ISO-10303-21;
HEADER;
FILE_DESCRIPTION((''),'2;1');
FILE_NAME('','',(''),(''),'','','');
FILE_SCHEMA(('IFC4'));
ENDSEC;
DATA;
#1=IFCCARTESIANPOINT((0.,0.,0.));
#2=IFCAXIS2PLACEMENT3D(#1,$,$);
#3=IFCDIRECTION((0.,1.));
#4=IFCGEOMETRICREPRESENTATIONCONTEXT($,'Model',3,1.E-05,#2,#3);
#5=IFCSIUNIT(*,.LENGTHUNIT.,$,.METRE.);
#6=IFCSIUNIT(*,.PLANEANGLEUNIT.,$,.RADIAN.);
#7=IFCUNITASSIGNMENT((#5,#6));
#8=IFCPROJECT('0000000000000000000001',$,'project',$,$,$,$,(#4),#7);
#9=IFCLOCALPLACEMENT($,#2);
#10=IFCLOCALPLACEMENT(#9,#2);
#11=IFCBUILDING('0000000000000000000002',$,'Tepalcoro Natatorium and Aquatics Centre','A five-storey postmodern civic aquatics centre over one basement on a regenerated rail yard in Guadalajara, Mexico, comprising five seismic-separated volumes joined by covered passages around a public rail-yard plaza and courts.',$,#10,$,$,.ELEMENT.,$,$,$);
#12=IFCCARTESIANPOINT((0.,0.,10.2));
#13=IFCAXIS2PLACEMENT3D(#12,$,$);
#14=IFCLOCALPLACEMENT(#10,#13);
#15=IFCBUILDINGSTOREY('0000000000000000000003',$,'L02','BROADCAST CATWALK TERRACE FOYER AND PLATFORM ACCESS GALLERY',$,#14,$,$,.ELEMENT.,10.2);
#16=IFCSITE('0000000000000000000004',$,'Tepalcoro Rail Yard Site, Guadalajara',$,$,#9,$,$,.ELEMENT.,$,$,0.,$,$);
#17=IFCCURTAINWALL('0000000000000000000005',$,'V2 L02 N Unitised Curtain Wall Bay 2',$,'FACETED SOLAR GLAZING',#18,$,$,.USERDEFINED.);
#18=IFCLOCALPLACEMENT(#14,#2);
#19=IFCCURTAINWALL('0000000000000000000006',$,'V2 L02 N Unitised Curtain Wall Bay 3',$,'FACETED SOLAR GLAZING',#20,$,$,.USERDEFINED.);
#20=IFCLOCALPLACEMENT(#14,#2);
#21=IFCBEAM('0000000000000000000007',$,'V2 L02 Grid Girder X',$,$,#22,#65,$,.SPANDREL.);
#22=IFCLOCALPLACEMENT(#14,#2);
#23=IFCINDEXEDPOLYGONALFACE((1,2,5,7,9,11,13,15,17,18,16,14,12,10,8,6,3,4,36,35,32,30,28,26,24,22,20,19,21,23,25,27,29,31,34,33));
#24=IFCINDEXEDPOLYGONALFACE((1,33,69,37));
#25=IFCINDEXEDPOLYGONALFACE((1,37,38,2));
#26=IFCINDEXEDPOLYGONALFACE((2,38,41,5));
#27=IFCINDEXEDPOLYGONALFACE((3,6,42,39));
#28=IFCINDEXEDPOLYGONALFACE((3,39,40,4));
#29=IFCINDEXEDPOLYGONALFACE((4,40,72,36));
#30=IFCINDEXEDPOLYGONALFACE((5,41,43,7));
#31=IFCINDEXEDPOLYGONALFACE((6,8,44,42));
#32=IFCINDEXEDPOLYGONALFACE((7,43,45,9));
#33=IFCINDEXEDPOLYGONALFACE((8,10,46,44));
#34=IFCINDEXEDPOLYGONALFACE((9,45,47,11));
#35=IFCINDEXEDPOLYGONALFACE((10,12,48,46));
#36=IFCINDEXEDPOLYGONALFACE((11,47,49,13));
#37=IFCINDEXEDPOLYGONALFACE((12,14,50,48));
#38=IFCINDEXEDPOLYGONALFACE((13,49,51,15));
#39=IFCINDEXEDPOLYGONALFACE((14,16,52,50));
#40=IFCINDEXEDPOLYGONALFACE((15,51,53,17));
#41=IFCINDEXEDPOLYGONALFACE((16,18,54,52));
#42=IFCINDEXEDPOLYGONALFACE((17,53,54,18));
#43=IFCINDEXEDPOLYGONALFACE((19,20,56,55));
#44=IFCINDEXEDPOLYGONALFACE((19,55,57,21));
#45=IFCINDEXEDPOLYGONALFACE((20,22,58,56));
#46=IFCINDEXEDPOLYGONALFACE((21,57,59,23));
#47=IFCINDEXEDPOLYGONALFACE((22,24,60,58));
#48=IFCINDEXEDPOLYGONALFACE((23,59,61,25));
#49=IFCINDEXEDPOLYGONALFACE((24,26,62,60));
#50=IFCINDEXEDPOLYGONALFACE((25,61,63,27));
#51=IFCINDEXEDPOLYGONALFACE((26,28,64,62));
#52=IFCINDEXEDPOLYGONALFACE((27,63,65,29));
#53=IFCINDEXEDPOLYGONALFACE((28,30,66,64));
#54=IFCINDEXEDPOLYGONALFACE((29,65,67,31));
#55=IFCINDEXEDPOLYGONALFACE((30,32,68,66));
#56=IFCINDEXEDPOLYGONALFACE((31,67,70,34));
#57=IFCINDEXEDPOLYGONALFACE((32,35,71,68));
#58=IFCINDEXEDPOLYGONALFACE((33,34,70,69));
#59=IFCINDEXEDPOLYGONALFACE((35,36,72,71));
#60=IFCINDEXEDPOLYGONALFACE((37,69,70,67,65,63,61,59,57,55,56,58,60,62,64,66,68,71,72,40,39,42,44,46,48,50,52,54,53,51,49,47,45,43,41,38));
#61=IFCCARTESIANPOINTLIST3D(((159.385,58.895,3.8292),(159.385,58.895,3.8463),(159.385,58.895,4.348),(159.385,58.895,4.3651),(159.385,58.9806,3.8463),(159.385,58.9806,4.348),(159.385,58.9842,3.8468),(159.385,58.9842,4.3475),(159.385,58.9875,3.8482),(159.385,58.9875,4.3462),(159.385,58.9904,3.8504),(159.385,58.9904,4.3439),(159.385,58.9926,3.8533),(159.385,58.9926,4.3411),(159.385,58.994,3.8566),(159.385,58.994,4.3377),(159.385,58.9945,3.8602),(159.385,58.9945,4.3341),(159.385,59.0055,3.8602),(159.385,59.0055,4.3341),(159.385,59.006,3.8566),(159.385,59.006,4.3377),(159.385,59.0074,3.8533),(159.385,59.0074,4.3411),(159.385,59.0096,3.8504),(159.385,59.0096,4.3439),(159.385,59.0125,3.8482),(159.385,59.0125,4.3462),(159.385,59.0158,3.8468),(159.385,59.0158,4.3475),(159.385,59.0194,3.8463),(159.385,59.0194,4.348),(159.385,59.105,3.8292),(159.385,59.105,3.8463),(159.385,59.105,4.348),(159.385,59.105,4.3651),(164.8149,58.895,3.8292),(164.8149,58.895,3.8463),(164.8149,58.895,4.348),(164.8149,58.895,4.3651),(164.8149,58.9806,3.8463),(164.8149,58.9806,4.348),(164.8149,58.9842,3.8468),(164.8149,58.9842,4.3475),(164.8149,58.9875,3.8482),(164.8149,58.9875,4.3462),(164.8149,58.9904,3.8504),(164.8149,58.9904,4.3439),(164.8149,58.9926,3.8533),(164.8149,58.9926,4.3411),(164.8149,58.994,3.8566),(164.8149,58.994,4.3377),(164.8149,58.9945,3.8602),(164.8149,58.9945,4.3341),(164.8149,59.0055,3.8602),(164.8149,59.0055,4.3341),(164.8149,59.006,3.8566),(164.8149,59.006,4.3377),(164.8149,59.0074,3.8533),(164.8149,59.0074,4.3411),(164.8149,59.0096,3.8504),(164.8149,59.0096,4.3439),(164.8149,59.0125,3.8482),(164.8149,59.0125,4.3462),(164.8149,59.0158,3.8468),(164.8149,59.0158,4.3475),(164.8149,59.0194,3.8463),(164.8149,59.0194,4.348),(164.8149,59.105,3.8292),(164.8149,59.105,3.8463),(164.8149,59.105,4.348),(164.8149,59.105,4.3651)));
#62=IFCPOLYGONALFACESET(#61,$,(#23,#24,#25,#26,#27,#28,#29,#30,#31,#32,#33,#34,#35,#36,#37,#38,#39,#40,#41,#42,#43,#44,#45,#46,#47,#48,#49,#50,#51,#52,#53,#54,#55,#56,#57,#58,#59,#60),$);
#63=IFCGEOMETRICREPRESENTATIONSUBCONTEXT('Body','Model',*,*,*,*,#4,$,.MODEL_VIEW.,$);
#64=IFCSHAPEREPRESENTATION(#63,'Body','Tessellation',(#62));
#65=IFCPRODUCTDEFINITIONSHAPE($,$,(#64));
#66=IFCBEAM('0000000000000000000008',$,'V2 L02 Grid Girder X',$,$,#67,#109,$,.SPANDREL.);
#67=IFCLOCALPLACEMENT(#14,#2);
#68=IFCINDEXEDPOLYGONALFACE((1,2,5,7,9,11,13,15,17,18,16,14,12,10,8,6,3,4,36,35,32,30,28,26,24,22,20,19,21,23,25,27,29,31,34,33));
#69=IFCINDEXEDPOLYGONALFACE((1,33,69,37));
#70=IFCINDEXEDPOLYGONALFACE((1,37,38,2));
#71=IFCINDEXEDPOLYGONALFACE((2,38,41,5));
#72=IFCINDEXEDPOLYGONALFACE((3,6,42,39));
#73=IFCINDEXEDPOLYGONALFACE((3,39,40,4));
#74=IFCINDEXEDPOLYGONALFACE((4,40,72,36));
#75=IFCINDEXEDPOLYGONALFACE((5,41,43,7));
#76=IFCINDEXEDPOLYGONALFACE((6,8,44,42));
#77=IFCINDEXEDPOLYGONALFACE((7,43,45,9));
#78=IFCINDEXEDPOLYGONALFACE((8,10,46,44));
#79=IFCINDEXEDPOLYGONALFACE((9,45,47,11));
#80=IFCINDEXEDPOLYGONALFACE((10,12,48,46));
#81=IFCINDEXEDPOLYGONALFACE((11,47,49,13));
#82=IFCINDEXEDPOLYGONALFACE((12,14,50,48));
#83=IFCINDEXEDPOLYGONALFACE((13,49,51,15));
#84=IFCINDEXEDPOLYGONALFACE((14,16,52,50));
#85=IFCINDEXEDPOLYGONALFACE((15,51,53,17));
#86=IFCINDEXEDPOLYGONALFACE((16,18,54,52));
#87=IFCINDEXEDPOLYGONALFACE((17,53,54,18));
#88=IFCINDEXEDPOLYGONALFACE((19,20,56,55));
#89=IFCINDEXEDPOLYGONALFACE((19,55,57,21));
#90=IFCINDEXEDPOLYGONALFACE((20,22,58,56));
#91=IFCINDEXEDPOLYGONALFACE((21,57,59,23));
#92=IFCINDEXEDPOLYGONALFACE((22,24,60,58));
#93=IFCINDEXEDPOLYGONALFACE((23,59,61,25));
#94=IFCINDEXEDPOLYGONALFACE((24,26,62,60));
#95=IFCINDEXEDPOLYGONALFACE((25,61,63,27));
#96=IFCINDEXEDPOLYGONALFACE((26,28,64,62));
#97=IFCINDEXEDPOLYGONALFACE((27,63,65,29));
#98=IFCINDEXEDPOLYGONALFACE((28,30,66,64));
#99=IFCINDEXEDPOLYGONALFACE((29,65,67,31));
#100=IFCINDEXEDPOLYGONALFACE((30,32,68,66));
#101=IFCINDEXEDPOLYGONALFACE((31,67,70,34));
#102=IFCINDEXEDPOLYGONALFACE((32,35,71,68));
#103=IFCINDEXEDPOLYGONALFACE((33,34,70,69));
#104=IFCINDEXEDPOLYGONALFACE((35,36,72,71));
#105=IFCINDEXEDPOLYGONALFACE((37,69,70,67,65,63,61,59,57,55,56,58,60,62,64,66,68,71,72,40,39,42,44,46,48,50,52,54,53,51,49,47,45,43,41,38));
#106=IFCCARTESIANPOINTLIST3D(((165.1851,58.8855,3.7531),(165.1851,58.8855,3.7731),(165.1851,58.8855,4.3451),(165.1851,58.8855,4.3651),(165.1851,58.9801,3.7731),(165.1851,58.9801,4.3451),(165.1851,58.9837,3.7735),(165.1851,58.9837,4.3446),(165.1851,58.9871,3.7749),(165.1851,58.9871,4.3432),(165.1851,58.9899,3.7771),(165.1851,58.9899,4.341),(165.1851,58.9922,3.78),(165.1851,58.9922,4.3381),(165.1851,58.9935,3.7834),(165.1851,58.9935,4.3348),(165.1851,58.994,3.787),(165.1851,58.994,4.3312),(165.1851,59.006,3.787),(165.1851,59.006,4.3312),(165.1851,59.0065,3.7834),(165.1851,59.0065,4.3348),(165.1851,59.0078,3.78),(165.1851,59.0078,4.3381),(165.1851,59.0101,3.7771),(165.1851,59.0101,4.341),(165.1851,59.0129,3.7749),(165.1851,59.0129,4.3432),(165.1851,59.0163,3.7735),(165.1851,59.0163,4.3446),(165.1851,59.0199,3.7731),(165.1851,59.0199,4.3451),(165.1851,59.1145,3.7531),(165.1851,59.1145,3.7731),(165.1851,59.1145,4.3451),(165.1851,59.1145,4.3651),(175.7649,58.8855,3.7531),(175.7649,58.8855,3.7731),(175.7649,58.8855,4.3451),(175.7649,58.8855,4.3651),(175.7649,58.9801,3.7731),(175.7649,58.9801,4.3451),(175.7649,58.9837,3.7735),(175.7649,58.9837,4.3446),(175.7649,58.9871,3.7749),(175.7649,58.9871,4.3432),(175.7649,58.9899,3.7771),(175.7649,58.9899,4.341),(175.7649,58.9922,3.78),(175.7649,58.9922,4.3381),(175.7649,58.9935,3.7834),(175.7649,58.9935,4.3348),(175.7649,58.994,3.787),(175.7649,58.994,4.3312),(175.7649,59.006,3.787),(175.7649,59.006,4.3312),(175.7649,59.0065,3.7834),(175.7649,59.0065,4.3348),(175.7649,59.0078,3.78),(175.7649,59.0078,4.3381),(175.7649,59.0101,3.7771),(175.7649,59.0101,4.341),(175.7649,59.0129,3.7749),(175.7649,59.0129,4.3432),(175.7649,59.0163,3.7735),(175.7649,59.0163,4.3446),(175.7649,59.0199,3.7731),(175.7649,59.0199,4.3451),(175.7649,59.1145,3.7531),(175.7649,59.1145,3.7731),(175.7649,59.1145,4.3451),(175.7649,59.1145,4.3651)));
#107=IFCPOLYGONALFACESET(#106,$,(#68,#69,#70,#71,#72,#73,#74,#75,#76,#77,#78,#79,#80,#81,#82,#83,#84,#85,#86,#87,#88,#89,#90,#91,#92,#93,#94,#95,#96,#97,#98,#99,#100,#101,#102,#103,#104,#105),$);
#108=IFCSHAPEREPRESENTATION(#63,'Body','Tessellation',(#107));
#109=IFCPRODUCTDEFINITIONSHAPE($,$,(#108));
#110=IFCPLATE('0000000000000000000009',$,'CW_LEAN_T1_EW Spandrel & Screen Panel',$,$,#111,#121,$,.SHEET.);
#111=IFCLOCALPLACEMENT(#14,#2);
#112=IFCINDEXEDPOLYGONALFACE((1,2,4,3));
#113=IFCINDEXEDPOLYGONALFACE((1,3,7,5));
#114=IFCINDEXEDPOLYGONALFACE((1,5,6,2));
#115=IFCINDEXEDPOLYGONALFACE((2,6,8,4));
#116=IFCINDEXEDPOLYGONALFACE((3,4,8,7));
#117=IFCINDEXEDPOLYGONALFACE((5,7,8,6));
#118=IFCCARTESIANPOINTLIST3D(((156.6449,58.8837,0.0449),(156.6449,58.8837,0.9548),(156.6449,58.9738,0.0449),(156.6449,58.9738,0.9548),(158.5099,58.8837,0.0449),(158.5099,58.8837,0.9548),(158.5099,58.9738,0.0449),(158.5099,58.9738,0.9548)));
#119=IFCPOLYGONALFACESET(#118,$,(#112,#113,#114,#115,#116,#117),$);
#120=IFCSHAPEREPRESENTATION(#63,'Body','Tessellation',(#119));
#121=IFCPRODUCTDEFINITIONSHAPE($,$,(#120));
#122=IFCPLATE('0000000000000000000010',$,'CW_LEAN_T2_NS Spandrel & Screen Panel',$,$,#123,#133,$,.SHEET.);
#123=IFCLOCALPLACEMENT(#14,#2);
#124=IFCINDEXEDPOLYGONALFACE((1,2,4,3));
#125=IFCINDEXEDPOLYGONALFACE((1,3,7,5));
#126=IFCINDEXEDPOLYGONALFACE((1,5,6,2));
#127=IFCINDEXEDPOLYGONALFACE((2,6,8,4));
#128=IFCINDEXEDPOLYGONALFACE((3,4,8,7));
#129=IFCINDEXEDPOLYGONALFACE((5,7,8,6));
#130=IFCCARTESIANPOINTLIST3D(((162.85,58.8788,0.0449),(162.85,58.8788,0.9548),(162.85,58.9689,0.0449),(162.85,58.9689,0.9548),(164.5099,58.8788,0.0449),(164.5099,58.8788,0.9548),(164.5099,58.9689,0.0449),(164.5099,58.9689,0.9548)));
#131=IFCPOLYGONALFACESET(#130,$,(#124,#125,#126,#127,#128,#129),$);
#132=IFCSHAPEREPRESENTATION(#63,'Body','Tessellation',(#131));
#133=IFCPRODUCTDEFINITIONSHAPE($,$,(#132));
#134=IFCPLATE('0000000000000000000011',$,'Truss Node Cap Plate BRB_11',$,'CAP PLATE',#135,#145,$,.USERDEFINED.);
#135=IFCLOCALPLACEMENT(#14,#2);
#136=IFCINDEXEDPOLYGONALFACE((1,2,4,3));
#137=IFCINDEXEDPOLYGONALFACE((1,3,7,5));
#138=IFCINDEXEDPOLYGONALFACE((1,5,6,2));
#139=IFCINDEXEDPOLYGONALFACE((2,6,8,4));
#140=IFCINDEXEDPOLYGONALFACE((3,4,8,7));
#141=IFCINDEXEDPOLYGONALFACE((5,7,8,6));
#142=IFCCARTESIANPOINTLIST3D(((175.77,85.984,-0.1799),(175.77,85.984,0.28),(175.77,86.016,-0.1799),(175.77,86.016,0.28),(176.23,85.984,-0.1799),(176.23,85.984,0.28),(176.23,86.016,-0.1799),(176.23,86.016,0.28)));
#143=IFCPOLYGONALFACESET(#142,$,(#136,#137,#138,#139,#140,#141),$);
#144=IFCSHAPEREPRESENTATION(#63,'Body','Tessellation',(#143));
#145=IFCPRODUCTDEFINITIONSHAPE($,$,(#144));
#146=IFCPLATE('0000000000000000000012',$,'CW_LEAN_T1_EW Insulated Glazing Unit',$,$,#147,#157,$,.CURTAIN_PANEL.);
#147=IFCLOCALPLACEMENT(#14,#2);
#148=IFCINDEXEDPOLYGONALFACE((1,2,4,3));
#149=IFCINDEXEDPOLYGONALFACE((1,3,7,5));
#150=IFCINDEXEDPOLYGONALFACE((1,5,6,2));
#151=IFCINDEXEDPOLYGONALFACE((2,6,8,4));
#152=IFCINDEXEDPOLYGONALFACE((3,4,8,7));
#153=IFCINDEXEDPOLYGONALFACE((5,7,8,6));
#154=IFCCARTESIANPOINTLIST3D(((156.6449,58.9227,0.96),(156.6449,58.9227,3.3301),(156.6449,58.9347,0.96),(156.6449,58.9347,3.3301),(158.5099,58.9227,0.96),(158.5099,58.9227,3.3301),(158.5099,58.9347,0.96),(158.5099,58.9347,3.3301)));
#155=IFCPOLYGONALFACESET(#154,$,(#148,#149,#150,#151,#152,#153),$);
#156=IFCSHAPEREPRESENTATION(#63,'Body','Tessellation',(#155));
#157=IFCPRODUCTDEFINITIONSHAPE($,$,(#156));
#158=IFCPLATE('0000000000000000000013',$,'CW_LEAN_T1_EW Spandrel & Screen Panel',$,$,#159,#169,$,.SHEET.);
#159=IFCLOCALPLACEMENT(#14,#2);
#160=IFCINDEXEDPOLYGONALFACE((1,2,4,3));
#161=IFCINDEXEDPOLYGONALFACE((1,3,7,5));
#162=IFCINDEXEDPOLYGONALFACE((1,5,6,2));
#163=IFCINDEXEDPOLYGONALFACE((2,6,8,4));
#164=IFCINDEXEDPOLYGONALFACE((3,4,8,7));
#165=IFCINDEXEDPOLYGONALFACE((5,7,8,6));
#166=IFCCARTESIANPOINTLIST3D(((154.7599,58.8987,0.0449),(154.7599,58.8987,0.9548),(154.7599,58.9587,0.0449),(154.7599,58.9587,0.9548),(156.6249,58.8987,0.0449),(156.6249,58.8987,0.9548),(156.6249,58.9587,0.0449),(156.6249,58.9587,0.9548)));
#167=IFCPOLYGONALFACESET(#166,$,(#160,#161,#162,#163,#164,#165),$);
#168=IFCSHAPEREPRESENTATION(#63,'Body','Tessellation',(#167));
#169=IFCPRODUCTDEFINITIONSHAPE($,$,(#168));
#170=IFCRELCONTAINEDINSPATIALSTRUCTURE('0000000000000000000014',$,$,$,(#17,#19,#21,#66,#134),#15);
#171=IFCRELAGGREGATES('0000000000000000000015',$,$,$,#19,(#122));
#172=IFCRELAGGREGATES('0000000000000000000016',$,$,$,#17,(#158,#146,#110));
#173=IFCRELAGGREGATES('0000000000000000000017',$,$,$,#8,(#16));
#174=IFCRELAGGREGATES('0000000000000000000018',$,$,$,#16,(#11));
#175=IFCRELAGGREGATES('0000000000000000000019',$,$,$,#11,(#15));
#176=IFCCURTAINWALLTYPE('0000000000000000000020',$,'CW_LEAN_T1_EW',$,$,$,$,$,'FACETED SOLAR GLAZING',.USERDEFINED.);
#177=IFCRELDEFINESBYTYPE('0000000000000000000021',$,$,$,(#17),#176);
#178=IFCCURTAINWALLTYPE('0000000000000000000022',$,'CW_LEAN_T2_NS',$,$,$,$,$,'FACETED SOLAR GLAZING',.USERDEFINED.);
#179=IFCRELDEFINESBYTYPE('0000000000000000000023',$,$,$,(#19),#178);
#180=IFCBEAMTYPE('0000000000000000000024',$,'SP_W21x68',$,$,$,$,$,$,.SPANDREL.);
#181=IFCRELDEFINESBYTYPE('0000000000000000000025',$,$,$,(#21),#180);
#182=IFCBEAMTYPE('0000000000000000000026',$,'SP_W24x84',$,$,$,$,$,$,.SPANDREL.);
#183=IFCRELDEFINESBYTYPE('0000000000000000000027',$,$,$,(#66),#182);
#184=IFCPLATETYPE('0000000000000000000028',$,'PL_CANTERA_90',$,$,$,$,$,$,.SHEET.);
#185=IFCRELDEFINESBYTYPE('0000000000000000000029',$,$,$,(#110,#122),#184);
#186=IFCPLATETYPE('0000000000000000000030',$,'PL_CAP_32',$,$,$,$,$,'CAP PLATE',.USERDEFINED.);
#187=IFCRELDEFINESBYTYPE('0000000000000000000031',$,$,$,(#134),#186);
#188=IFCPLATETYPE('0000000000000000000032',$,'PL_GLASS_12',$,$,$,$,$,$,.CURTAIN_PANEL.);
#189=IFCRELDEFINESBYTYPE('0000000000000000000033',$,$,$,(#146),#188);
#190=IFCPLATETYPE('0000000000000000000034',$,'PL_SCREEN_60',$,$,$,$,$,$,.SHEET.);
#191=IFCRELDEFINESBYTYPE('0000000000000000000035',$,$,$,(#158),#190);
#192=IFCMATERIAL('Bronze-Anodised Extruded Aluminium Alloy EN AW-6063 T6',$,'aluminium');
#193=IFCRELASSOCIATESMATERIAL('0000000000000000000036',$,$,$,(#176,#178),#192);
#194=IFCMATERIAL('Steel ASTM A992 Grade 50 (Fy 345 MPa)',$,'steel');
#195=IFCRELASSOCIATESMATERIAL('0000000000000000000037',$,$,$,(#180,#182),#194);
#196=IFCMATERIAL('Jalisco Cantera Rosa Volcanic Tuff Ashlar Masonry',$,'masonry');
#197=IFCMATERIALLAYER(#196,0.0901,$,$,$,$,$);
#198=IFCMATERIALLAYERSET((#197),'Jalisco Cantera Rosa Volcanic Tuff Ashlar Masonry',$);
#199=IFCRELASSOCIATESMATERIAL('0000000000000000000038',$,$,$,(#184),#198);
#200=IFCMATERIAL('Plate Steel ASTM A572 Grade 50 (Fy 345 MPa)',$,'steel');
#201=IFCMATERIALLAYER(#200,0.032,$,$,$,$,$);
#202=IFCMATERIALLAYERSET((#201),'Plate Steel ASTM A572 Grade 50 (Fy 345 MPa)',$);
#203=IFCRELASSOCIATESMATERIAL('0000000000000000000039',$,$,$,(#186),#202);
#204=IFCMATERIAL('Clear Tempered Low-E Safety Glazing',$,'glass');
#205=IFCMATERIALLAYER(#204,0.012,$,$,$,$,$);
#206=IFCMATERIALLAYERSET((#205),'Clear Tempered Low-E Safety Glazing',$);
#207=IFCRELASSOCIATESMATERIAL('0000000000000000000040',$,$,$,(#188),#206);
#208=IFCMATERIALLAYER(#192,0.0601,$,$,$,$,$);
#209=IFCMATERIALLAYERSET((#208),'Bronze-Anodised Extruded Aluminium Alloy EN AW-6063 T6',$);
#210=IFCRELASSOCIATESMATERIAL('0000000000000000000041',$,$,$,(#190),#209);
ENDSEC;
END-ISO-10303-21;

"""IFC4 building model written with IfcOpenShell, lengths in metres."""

from ifc_helpers import new_model, si_unit, direction, frame, origin, origin_2d, place, context, subcontext, project, spatial, rectangle, i_section, extrude, material, layer, layer_set, material_profile, profile_set, type_object, element, aggregate, save


model = new_model("IFC4")

# Units and contexts
model_context = context("Model", 3, precision=1e-05, world=origin(), true_north=direction((0.0, 1.0)))
body_context = subcontext(model_context, "Body", "Model", "MODEL_VIEW")
ifc_project = project(units=[si_unit("LENGTHUNIT", "METRE"), si_unit("PLANEANGLEUNIT", "RADIAN")], contexts=[model_context])

# Site, building, storey
site_placement = place(None, origin())
site = spatial("IfcSite", under=ifc_project, at=site_placement, Name="Tepalcoro Rail Yard Site, Guadalajara", CompositionType="ELEMENT", RefElevation=0.0)
building_placement = place(site_placement, origin())
building = spatial("IfcBuilding", under=site, at=building_placement, Name="Tepalcoro Natatorium and Aquatics Centre", Description="A five-storey postmodern civic aquatics centre over one basement on a regenerated rail yard in Guadalajara, Mexico, comprising five seismic-separated volumes joined by covered passages around a public rail-yard plaza and courts.", CompositionType="ELEMENT")
storey_placement = place(building_placement, frame((0.0, 0.0, 10.2)))
storey = spatial("IfcBuildingStorey", under=building, at=storey_placement, Name="L02", Description="BROADCAST CATWALK TERRACE FOYER AND PLATFORM ACCESS GALLERY", CompositionType="ELEMENT", Elevation=10.2)

# Curtain wall
ifc_material_1 = material(Name="Bronze-Anodised Extruded Aluminium Alloy EN AW-6063 T6", Category="aluminium")
curtain_wall_type_1 = type_object("IfcCurtainWallType", Name="CW_LEAN_T1_EW", ElementType="FACETED SOLAR GLAZING", PredefinedType="USERDEFINED", material=ifc_material_1)
curtain_wall_1_placement = place(storey_placement, origin())
curtain_wall_1 = element("IfcCurtainWall", 1, at=curtain_wall_1_placement, inside=storey, type_object=curtain_wall_type_1, Name="V2 L02 N Unitised Curtain Wall Bay 2", ObjectType="FACETED SOLAR GLAZING", PredefinedType="USERDEFINED")

# Curtain wall
curtain_wall_type_2 = type_object("IfcCurtainWallType", Name="CW_LEAN_T2_NS", ElementType="FACETED SOLAR GLAZING", PredefinedType="USERDEFINED", material=ifc_material_1)
curtain_wall_2_placement = place(storey_placement, origin())
curtain_wall_2 = element("IfcCurtainWall", 2, at=curtain_wall_2_placement, inside=storey, type_object=curtain_wall_type_2, Name="V2 L02 N Unitised Curtain Wall Bay 3", ObjectType="FACETED SOLAR GLAZING", PredefinedType="USERDEFINED")

# Beams
ifc_material_2 = material(Name="Steel ASTM A992 Grade 50 (Fy 345 MPa)", Category="steel")
ifc_material_profile_1 = material_profile(ifc_material_2, i_section(OverallWidth=0.21, OverallDepth=0.5359, WebThickness=0.011, FlangeThickness=0.0171, FilletRadius=0.0139, at=origin_2d()), Name="W21X68")
ifc_profile_set_1 = profile_set([ifc_material_profile_1], Name="Steel ASTM A992 Grade 50 (Fy 345 MPa)")
beam_type_1 = type_object("IfcBeamType", Name="SP_W21x68", PredefinedType="SPANDREL", material=ifc_profile_set_1)
beam_1_placement = place(storey_placement, frame((159.385, 59.0, 4.0972), z_axis=(1.0, 0.0, 0.0), x_axis=(0.0, 1.0, 0.0)))
element("IfcBeam", 3, at=beam_1_placement, inside=storey, type_object=beam_type_1, Name="V2 L02 Grid Girder X", PredefinedType="SPANDREL", context=body_context, shape_type="SweptSolid", body=[
    extrude(i_section(OverallWidth=0.21, OverallDepth=0.5359, WebThickness=0.011, FlangeThickness=0.0171, FilletRadius=0.0139, at=origin_2d()), origin(), (0.0, 0.0, 1.0), 5.4299),
])
ifc_material_profile_2 = material_profile(ifc_material_2, i_section(OverallWidth=0.229, OverallDepth=0.6121, WebThickness=0.012, FlangeThickness=0.02, FilletRadius=0.0139, at=origin_2d()), Name="W24X84")
ifc_profile_set_2 = profile_set([ifc_material_profile_2], Name="Steel ASTM A992 Grade 50 (Fy 345 MPa)")
beam_type_2 = type_object("IfcBeamType", Name="SP_W24x84", PredefinedType="SPANDREL", material=ifc_profile_set_2)
beam_2_placement = place(storey_placement, frame((165.1851, 59.0, 4.0591), z_axis=(1.0, 0.0, 0.0), x_axis=(0.0, 1.0, 0.0)))
element("IfcBeam", 4, at=beam_2_placement, inside=storey, type_object=beam_type_2, Name="V2 L02 Grid Girder X", PredefinedType="SPANDREL", context=body_context, shape_type="SweptSolid", body=[
    extrude(i_section(OverallWidth=0.229, OverallDepth=0.6121, WebThickness=0.012, FlangeThickness=0.02, FilletRadius=0.0139, at=origin_2d()), origin(), (0.0, 0.0, 1.0), 10.5798),
])

# Plates
ifc_material_3 = material(Name="Jalisco Cantera Rosa Volcanic Tuff Ashlar Masonry", Category="masonry")
ifc_layer_1 = layer(ifc_material_3, 0.0901)
ifc_layer_set_1 = layer_set([ifc_layer_1], Name="Jalisco Cantera Rosa Volcanic Tuff Ashlar Masonry")
plate_type_1 = type_object("IfcPlateType", Name="PL_CANTERA_90", PredefinedType="SHEET", material=ifc_layer_set_1)
plate_1_placement = place(storey_placement, frame((157.5774, 58.9287, 0.0449), z_axis=(0.0, 0.0, 1.0), x_axis=(1.0, 0.0, 0.0)))
plate_1 = element("IfcPlate", 5, at=plate_1_placement, type_object=plate_type_1, Name="CW_LEAN_T1_EW Spandrel & Screen Panel", PredefinedType="SHEET", context=body_context, shape_type="SweptSolid", body=[
    extrude(rectangle(XDim=1.865, YDim=0.0901, at=origin_2d()), origin(), (0.0, 0.0, 1.0), 0.9099),
])
plate_2_placement = place(storey_placement, frame((163.6799, 58.9238, 0.0449), z_axis=(0.0, 0.0, 1.0), x_axis=(1.0, 0.0, 0.0)))
plate_2 = element("IfcPlate", 6, at=plate_2_placement, type_object=plate_type_1, Name="CW_LEAN_T2_NS Spandrel & Screen Panel", PredefinedType="SHEET", context=body_context, shape_type="SweptSolid", body=[
    extrude(rectangle(XDim=1.6599, YDim=0.0901, at=origin_2d()), origin(), (0.0, 0.0, 1.0), 0.9099),
])
aggregate(curtain_wall_2, [plate_2])
ifc_material_4 = material(Name="Plate Steel ASTM A572 Grade 50 (Fy 345 MPa)", Category="steel")
ifc_layer_2 = layer(ifc_material_4, 0.032)
ifc_layer_set_2 = layer_set([ifc_layer_2], Name="Plate Steel ASTM A572 Grade 50 (Fy 345 MPa)")
plate_type_2 = type_object("IfcPlateType", Name="PL_CAP_32", ElementType="CAP PLATE", PredefinedType="USERDEFINED", material=ifc_layer_set_2)
plate_3_placement = place(storey_placement, frame((176.0, 86.0, -0.1799), z_axis=(0.0, 0.0, 1.0), x_axis=(1.0, 0.0, 0.0)))
element("IfcPlate", 7, at=plate_3_placement, inside=storey, type_object=plate_type_2, Name="Truss Node Cap Plate BRB_11", ObjectType="CAP PLATE", PredefinedType="USERDEFINED", context=body_context, shape_type="SweptSolid", body=[
    extrude(rectangle(XDim=0.46, YDim=0.032, at=origin_2d()), origin(), (0.0, 0.0, 1.0), 0.46),
])
ifc_material_5 = material(Name="Clear Tempered Low-E Safety Glazing", Category="glass")
ifc_layer_3 = layer(ifc_material_5, 0.012)
ifc_layer_set_3 = layer_set([ifc_layer_3], Name="Clear Tempered Low-E Safety Glazing")
plate_type_3 = type_object("IfcPlateType", Name="PL_GLASS_12", PredefinedType="CURTAIN_PANEL", material=ifc_layer_set_3)
plate_4_placement = place(storey_placement, frame((157.5774, 58.9287, 0.96), z_axis=(0.0, 0.0, 1.0), x_axis=(1.0, 0.0, 0.0)))
plate_4 = element("IfcPlate", 8, at=plate_4_placement, type_object=plate_type_3, Name="CW_LEAN_T1_EW Insulated Glazing Unit", PredefinedType="CURTAIN_PANEL", context=body_context, shape_type="SweptSolid", body=[
    extrude(rectangle(XDim=1.865, YDim=0.012, at=origin_2d()), origin(), (0.0, 0.0, 1.0), 2.3701),
])
ifc_layer_4 = layer(ifc_material_1, 0.0601)
ifc_layer_set_4 = layer_set([ifc_layer_4], Name="Bronze-Anodised Extruded Aluminium Alloy EN AW-6063 T6")
plate_type_4 = type_object("IfcPlateType", Name="PL_SCREEN_60", PredefinedType="SHEET", material=ifc_layer_set_4)
plate_5_placement = place(storey_placement, frame((155.6924, 58.9287, 0.0449), z_axis=(0.0, 0.0, 1.0), x_axis=(1.0, 0.0, 0.0)))
plate_5 = element("IfcPlate", 9, at=plate_5_placement, type_object=plate_type_4, Name="CW_LEAN_T1_EW Spandrel & Screen Panel", PredefinedType="SHEET", context=body_context, shape_type="SweptSolid", body=[
    extrude(rectangle(XDim=1.865, YDim=0.0601, at=origin_2d()), origin(), (0.0, 0.0, 1.0), 0.9099),
])
aggregate(curtain_wall_1, [plate_5, plate_4, plate_1])

save(model, "model.ifc")
